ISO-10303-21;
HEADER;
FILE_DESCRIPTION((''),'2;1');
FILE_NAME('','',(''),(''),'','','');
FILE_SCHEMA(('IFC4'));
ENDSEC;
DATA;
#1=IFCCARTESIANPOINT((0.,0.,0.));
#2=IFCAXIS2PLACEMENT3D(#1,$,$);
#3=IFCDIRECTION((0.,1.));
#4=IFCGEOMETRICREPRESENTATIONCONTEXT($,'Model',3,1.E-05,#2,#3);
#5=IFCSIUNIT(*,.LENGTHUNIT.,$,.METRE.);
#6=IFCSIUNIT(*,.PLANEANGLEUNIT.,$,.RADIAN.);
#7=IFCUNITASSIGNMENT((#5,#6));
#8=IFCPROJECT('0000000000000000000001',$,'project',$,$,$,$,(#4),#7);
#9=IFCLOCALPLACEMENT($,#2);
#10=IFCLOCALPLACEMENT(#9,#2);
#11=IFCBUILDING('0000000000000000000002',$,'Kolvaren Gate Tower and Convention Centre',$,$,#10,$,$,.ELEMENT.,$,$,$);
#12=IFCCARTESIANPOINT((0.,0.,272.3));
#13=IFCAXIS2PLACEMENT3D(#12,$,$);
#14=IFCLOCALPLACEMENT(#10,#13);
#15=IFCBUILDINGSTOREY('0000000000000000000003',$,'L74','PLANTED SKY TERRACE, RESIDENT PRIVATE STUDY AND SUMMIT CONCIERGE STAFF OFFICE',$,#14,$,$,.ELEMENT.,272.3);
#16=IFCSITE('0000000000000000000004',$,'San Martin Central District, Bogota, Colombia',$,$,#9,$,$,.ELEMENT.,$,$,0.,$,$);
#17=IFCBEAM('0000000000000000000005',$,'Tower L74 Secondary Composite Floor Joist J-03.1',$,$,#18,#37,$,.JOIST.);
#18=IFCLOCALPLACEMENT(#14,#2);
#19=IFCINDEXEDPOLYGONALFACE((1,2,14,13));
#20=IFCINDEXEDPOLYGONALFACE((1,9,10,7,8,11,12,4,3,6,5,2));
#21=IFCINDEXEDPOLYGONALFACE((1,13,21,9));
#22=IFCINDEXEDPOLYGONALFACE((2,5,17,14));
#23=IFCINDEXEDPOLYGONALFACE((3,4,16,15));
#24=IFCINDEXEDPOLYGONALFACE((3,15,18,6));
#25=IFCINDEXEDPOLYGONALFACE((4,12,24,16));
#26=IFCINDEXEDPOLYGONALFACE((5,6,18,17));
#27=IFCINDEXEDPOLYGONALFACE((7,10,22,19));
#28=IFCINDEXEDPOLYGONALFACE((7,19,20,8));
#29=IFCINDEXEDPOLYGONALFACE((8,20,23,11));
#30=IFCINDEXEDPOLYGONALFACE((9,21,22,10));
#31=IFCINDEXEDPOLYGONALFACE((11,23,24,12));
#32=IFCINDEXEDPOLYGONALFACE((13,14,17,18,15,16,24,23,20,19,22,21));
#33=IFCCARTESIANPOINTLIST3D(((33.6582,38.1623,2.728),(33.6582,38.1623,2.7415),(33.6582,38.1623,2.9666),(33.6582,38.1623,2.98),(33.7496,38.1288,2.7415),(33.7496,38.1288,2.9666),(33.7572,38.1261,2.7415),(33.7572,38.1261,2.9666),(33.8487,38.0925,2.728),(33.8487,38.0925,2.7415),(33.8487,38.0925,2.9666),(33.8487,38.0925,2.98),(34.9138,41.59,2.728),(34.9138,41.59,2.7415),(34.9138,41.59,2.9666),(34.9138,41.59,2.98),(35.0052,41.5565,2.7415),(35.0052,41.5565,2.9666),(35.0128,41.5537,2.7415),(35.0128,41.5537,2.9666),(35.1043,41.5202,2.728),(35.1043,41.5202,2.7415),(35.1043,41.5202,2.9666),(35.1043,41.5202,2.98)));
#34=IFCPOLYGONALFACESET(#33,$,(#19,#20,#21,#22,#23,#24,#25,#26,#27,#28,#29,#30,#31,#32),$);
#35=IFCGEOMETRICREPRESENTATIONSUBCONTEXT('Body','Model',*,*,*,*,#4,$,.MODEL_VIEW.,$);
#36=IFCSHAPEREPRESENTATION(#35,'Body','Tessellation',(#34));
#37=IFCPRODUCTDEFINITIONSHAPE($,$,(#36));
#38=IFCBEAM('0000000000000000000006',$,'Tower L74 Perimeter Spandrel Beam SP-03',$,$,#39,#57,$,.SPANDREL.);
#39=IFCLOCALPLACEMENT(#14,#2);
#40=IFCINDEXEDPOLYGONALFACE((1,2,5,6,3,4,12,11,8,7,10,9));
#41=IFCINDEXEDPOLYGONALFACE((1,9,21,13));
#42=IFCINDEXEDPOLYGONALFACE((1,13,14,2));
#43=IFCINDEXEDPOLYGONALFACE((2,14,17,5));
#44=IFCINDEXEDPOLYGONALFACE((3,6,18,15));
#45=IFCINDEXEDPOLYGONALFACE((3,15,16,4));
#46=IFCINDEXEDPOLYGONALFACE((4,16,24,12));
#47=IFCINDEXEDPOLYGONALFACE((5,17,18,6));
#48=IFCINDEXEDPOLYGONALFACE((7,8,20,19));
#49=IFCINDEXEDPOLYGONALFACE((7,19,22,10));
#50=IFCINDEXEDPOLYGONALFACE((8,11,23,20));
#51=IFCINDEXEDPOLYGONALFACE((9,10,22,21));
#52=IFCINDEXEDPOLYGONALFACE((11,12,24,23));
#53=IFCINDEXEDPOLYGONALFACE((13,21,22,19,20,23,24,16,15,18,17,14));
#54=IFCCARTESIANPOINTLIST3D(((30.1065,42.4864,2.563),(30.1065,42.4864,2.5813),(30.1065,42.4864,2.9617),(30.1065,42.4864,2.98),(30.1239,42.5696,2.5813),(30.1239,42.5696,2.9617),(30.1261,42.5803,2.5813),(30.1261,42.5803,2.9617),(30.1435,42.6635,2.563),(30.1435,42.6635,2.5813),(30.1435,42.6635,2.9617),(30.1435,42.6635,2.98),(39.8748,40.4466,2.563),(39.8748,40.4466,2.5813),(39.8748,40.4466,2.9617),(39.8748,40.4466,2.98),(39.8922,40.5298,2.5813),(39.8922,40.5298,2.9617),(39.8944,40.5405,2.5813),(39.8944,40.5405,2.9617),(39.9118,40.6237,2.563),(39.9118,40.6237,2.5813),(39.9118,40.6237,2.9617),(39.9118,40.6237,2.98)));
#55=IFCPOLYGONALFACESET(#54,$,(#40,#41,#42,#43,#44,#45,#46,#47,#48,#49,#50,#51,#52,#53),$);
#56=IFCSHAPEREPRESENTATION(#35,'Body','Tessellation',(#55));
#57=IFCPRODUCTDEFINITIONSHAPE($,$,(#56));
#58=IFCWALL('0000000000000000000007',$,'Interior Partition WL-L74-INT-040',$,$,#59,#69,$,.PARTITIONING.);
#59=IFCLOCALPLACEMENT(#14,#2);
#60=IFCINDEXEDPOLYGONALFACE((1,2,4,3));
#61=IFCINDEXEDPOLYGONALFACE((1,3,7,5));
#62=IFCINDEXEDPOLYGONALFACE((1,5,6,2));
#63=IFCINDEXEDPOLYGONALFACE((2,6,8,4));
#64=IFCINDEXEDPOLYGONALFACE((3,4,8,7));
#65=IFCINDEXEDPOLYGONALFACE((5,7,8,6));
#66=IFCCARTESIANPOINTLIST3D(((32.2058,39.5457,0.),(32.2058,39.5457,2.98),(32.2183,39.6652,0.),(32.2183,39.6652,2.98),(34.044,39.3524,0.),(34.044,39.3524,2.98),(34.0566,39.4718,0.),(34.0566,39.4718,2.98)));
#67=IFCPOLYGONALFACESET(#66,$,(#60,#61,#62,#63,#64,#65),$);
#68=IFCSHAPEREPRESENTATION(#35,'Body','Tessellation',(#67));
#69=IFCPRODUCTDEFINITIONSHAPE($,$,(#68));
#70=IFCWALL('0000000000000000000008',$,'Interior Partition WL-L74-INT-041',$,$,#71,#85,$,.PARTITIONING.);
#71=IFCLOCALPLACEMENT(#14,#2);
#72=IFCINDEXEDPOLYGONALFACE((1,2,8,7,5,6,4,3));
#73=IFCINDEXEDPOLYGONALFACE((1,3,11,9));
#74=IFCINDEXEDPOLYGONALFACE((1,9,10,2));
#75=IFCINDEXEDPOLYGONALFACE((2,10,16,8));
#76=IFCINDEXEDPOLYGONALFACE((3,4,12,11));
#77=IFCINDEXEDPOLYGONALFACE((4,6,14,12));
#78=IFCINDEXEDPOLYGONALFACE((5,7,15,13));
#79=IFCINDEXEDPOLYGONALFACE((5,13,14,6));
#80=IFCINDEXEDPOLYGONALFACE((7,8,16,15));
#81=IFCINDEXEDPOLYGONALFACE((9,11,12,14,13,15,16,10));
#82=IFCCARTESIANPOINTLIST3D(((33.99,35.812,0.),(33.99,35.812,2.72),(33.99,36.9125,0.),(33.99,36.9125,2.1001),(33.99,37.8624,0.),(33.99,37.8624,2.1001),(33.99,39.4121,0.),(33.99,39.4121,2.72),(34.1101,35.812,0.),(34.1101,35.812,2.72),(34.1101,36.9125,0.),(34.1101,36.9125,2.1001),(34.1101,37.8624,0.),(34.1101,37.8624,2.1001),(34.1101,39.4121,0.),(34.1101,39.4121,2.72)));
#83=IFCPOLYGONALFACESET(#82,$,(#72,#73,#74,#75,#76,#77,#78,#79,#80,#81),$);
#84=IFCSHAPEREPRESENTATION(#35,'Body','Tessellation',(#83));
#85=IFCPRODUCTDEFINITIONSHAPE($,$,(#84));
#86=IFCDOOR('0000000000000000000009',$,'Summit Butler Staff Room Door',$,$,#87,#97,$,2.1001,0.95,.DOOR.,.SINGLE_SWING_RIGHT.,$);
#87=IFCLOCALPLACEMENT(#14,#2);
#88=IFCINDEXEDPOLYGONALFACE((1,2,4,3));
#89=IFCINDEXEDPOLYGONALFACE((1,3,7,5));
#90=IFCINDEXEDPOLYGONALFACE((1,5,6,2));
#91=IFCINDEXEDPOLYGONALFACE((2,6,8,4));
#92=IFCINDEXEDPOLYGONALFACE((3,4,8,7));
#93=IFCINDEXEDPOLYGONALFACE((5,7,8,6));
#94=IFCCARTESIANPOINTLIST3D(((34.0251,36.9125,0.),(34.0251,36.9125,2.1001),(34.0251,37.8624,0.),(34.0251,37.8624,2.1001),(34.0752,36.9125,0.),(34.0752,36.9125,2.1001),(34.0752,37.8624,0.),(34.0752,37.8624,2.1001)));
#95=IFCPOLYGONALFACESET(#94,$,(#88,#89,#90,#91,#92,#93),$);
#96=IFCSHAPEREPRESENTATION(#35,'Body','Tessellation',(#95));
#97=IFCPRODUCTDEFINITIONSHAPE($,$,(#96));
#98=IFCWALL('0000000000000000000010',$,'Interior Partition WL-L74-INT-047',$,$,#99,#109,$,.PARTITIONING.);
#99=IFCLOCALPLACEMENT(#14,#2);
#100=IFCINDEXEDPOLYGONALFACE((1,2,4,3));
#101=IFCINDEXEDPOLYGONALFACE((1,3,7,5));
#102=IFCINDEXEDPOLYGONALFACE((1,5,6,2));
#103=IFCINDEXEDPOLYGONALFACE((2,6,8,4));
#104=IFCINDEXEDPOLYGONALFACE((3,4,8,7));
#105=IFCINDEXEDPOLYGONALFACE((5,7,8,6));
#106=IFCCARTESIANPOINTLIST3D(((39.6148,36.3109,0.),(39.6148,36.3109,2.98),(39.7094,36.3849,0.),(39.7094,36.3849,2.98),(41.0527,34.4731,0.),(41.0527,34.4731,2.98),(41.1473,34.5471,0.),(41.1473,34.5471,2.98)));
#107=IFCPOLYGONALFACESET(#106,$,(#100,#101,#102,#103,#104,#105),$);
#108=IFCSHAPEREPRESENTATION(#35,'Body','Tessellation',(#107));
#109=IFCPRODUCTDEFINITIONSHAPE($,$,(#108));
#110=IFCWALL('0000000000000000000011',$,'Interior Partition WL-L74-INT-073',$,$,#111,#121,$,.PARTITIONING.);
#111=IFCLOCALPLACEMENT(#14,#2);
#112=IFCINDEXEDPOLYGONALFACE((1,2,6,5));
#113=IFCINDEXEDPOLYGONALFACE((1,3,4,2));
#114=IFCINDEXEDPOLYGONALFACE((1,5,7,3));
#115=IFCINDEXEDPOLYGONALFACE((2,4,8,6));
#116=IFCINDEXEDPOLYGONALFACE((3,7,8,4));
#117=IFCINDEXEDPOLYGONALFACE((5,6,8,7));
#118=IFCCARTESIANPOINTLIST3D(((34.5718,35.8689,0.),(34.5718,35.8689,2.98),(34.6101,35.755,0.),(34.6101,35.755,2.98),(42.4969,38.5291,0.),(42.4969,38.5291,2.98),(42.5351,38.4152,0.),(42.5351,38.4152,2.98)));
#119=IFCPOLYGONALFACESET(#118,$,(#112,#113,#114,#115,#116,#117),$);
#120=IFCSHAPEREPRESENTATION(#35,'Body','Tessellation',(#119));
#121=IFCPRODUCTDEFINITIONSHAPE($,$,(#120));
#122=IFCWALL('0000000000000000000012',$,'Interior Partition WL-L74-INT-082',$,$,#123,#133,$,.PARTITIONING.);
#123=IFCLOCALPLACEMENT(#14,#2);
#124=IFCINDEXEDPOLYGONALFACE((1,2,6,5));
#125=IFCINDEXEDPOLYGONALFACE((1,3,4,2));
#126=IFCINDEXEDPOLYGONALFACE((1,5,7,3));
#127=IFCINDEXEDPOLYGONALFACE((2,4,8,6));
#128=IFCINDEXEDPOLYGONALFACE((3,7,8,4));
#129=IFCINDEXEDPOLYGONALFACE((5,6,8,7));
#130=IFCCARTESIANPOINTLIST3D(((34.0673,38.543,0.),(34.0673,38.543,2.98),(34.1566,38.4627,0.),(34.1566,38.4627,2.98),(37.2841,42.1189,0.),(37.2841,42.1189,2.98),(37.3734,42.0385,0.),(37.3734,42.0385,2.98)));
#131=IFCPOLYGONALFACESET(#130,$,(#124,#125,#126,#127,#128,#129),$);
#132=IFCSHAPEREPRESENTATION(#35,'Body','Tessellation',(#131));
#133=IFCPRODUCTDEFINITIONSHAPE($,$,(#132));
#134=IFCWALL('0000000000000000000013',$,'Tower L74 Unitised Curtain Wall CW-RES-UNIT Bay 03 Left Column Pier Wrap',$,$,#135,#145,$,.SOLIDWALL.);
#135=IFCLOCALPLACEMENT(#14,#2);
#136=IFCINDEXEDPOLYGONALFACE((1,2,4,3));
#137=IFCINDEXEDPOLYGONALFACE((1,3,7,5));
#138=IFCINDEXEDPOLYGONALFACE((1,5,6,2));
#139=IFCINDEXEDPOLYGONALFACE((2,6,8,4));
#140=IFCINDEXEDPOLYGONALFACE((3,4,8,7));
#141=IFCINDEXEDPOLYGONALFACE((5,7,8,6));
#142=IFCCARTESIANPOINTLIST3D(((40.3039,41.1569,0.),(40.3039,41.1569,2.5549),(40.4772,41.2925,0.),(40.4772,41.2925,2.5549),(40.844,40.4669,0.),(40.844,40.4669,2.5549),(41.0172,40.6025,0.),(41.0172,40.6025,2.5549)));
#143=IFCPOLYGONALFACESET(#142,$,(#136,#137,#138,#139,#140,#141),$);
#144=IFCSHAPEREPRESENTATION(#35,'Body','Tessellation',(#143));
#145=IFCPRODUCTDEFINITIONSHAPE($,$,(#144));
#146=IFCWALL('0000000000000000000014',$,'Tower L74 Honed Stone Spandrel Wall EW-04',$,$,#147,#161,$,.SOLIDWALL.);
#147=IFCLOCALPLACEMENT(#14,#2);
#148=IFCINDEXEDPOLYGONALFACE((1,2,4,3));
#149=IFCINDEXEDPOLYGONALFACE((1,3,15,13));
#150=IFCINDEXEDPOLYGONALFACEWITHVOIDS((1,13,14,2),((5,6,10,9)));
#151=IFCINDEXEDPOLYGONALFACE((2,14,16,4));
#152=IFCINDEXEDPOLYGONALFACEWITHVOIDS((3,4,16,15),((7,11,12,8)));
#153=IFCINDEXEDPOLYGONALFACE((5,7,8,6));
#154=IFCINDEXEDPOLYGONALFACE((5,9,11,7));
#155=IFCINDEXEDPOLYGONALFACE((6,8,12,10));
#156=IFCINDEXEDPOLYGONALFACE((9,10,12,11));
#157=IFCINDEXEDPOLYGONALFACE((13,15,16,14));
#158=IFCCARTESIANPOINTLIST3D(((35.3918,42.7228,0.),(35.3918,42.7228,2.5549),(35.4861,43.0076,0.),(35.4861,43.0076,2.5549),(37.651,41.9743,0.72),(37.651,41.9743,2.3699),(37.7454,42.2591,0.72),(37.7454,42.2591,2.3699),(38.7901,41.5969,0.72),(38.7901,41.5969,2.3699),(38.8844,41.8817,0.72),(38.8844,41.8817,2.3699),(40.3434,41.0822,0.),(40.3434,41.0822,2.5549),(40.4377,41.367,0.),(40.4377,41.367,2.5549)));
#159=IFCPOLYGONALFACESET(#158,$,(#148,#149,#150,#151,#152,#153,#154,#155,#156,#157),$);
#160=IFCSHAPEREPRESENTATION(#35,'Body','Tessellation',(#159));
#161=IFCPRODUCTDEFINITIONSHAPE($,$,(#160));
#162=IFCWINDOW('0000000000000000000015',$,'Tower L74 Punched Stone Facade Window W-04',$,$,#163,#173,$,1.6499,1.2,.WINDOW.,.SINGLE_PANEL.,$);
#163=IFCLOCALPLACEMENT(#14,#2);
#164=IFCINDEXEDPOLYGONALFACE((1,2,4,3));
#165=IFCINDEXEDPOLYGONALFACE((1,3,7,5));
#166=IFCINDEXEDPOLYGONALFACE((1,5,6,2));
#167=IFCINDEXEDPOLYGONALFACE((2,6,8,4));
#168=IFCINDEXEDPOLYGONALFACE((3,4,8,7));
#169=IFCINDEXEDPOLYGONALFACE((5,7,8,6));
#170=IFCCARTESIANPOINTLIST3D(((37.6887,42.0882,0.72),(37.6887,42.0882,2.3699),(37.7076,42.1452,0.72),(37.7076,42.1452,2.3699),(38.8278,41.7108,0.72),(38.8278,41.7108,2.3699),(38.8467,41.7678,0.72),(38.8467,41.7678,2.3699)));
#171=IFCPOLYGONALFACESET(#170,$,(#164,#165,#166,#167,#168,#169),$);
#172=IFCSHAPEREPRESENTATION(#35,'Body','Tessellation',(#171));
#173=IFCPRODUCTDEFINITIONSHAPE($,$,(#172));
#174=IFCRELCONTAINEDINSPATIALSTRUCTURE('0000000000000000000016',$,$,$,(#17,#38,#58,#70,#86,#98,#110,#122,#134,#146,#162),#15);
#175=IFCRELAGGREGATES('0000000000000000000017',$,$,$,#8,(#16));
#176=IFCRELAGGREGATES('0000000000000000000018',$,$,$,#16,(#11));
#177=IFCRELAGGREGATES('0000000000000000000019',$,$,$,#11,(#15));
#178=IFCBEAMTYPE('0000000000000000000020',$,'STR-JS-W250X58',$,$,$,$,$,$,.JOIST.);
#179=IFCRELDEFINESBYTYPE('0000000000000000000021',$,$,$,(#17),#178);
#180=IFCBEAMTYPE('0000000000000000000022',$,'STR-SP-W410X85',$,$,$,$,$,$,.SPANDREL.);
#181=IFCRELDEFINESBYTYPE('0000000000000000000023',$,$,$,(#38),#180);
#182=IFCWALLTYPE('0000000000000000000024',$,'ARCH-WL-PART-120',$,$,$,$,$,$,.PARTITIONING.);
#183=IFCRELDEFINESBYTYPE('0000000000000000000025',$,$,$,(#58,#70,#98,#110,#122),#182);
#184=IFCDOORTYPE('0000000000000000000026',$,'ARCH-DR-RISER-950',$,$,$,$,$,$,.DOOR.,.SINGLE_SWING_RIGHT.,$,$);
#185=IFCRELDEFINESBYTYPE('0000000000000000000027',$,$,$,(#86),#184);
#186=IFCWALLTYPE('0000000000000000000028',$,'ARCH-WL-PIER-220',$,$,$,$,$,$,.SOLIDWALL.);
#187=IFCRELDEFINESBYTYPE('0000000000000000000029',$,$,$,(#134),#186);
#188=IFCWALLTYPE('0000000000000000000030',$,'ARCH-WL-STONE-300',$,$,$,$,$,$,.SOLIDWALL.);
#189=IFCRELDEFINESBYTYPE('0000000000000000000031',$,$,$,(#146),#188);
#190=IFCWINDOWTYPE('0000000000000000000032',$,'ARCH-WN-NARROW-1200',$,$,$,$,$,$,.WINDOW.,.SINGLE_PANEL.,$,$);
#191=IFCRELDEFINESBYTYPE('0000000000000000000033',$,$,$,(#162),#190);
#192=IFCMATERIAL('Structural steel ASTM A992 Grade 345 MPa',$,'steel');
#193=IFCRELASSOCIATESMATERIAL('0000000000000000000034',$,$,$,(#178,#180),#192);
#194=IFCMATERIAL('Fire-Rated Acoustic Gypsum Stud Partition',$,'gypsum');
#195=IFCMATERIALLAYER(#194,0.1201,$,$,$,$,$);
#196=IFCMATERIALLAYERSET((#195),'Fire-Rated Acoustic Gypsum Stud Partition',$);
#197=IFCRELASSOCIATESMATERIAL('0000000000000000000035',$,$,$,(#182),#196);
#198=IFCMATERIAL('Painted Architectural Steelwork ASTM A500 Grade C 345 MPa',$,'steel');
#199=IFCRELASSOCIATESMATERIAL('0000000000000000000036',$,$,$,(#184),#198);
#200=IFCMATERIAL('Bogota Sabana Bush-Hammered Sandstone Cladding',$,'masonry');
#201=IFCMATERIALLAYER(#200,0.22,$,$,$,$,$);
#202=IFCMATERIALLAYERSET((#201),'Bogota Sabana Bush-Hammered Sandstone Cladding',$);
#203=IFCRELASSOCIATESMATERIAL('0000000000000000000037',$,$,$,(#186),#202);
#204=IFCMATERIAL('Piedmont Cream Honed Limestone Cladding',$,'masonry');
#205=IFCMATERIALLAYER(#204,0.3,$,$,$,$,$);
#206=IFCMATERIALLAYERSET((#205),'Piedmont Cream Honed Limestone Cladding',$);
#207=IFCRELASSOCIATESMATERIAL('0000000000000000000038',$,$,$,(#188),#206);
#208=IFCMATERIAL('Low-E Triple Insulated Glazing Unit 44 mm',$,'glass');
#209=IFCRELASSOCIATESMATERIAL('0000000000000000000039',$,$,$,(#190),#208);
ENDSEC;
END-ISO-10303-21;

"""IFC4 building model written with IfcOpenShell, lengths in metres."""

from ifc_helpers import new_model, si_unit, direction, frame, frame_2d, origin, origin_2d, place, context, subcontext, project, spatial, rectangle, i_section, extrude, material, layer, layer_set, material_profile, profile_set, type_object, element, fill, save


model = new_model("IFC4")

# Units and contexts
model_context = context("Model", 3, precision=1e-05, world=origin(), true_north=direction((0.0, 1.0)))
body_context = subcontext(model_context, "Body", "Model", "MODEL_VIEW")
ifc_project = project(units=[si_unit("LENGTHUNIT", "METRE"), si_unit("PLANEANGLEUNIT", "RADIAN")], contexts=[model_context])

# Site, building, storey
site_placement = place(None, origin())
site = spatial("IfcSite", under=ifc_project, at=site_placement, Name="San Martin Central District, Bogota, Colombia", CompositionType="ELEMENT", RefElevation=0.0)
building_placement = place(site_placement, origin())
building = spatial("IfcBuilding", under=site, at=building_placement, Name="Kolvaren Gate Tower and Convention Centre", CompositionType="ELEMENT")
storey_placement = place(building_placement, frame((0.0, 0.0, 272.3)))
storey = spatial("IfcBuildingStorey", under=building, at=storey_placement, Name="L74", Description="PLANTED SKY TERRACE, RESIDENT PRIVATE STUDY AND SUMMIT CONCIERGE STAFF OFFICE", CompositionType="ELEMENT", Elevation=272.3)

# Beams
ifc_material_1 = material(Name="Structural steel ASTM A992 Grade 345 MPa", Category="steel")
ifc_material_profile_1 = material_profile(ifc_material_1, i_section(OverallWidth=0.2029, OverallDepth=0.252, WebThickness=0.0081, FlangeThickness=0.0134, at=origin_2d()), Name="W250X58")
ifc_profile_set_1 = profile_set([ifc_material_profile_1], Name="Structural steel ASTM A992 Grade 345 MPa")
beam_type_1 = type_object("IfcBeamType", Name="STR-JS-W250X58", PredefinedType="JOIST", material=ifc_profile_set_1)
beam_1_placement = place(storey_placement, frame((33.7534, 38.1274, 2.854), z_axis=(0.34396, 0.938984, 0.0), x_axis=(-0.938984, 0.34396, 0.0)))
element("IfcBeam", 1, at=beam_1_placement, inside=storey, type_object=beam_type_1, Name="Tower L74 Secondary Composite Floor Joist J-03.1", PredefinedType="JOIST", context=body_context, shape_type="SweptSolid", body=[
    extrude(i_section(OverallWidth=0.2029, OverallDepth=0.252, WebThickness=0.0081, FlangeThickness=0.0134, at=origin_2d()), origin(), (0.0, 0.0, 1.0), 3.6504),
])
ifc_material_profile_2 = material_profile(ifc_material_1, i_section(OverallWidth=0.1809, OverallDepth=0.417, WebThickness=0.011, FlangeThickness=0.0183, at=origin_2d()), Name="W410X85")
ifc_profile_set_2 = profile_set([ifc_material_profile_2], Name="Structural steel ASTM A992 Grade 345 MPa")
beam_type_2 = type_object("IfcBeamType", Name="STR-SP-W410X85", PredefinedType="SPANDREL", material=ifc_profile_set_2)
beam_2_placement = place(storey_placement, frame((39.8933, 40.5352, 2.7715), z_axis=(-0.978886, 0.204409, 0.0), x_axis=(-0.204409, -0.978886, 0.0)))
element("IfcBeam", 2, at=beam_2_placement, inside=storey, type_object=beam_type_2, Name="Tower L74 Perimeter Spandrel Beam SP-03", PredefinedType="SPANDREL", context=body_context, shape_type="SweptSolid", body=[
    extrude(i_section(OverallWidth=0.1809, OverallDepth=0.417, WebThickness=0.011, FlangeThickness=0.0183, at=origin_2d()), origin(), (0.0, 0.0, 1.0), 9.979),
])

# Wall
ifc_material_2 = material(Name="Fire-Rated Acoustic Gypsum Stud Partition", Category="gypsum")
ifc_layer_1 = layer(ifc_material_2, 0.1201)
ifc_layer_set_1 = layer_set([ifc_layer_1], Name="Fire-Rated Acoustic Gypsum Stud Partition")
wall_type_1 = type_object("IfcWallType", Name="ARCH-WL-PART-120", PredefinedType="PARTITIONING", material=ifc_layer_set_1)
wall_1_placement = place(storey_placement, frame((32.2119, 39.6055, 0.0), z_axis=(0.0, 0.0, 1.0), x_axis=(0.994513, -0.104616, 0.0)))
element("IfcWall", 3, at=wall_1_placement, inside=storey, type_object=wall_type_1, Name="Interior Partition WL-L74-INT-040", PredefinedType="PARTITIONING", context=body_context, shape_type="SweptSolid", body=[
    extrude(rectangle(XDim=1.8484, YDim=0.1201, at=frame_2d((0.9243, 0.0))), origin(), (0.0, 0.0, 1.0), 2.98),
])

# Wall, opening, door
wall_2_placement = place(storey_placement, frame((34.05, 35.812, 0.0), z_axis=(0.0, 0.0, 1.0), x_axis=(0.0, 1.0, 0.0)))
wall_2 = element("IfcWall", 4, at=wall_2_placement, inside=storey, type_object=wall_type_1, Name="Interior Partition WL-L74-INT-041", PredefinedType="PARTITIONING", context=body_context, shape_type="SweptSolid", body=[
    extrude(rectangle(XDim=3.6001, YDim=0.1201, at=frame_2d((1.8, 0.0))), origin(), (0.0, 0.0, 1.0), 2.72),
])
opening_1_placement = place(wall_2_placement, frame((1.1003, 0.0, 0.0)))
opening_1 = element("IfcOpeningElement", 5, at=opening_1_placement, cuts=wall_2, PredefinedType="OPENING", context=body_context, shape_type="SweptSolid", body=[
    extrude(rectangle(XDim=0.95, YDim=2.1001, at=frame_2d((0.4751, 1.05))), frame((0.0, 0.0701, 0.0), z_axis=(0.0, -1.0, 0.0), x_axis=(1.0, 0.0, 0.0)), (0.0, 0.0, 1.0), 0.1401),
])
ifc_material_3 = material(Name="Painted Architectural Steelwork ASTM A500 Grade C 345 MPa", Category="steel")
door_type = type_object("IfcDoorType", Name="ARCH-DR-RISER-950", OperationType="SINGLE_SWING_RIGHT", PredefinedType="DOOR", material=ifc_material_3)
door_placement = place(opening_1_placement, origin())
door = element("IfcDoor", 6, at=door_placement, inside=storey, type_object=door_type, Name="Summit Butler Staff Room Door", OperationType="SINGLE_SWING_RIGHT", OverallHeight=2.1001, OverallWidth=0.95, PredefinedType="DOOR", context=body_context, shape_type="SweptSolid", body=[
    extrude(rectangle(XDim=0.95, YDim=2.1001, at=frame_2d((0.4751, 1.05))), frame((0.0, 0.0249, 0.0), z_axis=(0.0, -1.0, 0.0), x_axis=(1.0, 0.0, 0.0)), (0.0, 0.0, 1.0), 0.05),
])
fill(opening_1, door)

# Walls
wall_3_placement = place(storey_placement, frame((39.6621, 36.3479, 0.0), z_axis=(0.0, 0.0, 1.0), x_axis=(0.616212, -0.78758, 0.0)))
element("IfcWall", 7, at=wall_3_placement, inside=storey, type_object=wall_type_1, Name="Interior Partition WL-L74-INT-047", PredefinedType="PARTITIONING", context=body_context, shape_type="SweptSolid", body=[
    extrude(rectangle(XDim=2.3335, YDim=0.1201, at=frame_2d((1.1667, 0.0))), origin(), (0.0, 0.0, 1.0), 2.98),
])
wall_4_placement = place(storey_placement, frame((34.5911, 35.812, 0.0), z_axis=(0.0, 0.0, 1.0), x_axis=(0.948018, 0.318216, 0.0)))
element("IfcWall", 8, at=wall_4_placement, inside=storey, type_object=wall_type_1, Name="Interior Partition WL-L74-INT-073", PredefinedType="PARTITIONING", context=body_context, shape_type="SweptSolid", body=[
    extrude(rectangle(XDim=8.3596, YDim=0.1201, at=frame_2d((4.1797, 0.0))), origin(), (0.0, 0.0, 1.0), 2.98),
])
wall_5_placement = place(storey_placement, frame((34.1121, 38.5029, 0.0), z_axis=(0.0, 0.0, 1.0), x_axis=(0.668788, 0.743453, 0.0)))
element("IfcWall", 9, at=wall_5_placement, inside=storey, type_object=wall_type_1, Name="Interior Partition WL-L74-INT-082", PredefinedType="PARTITIONING", context=body_context, shape_type="SweptSolid", body=[
    extrude(rectangle(XDim=4.8098, YDim=0.1201, at=frame_2d((2.4048, 0.0))), origin(), (0.0, 0.0, 1.0), 2.98),
])
ifc_material_4 = material(Name="Bogota Sabana Bush-Hammered Sandstone Cladding", Category="masonry")
ifc_layer_2 = layer(ifc_material_4, 0.22)
ifc_layer_set_2 = layer_set([ifc_layer_2], Name="Bogota Sabana Bush-Hammered Sandstone Cladding")
wall_type_2 = type_object("IfcWallType", Name="ARCH-WL-PIER-220", PredefinedType="SOLIDWALL", material=ifc_layer_set_2)
wall_6_placement = place(storey_placement, frame((40.3906, 41.2246, 0.0), z_axis=(0.0, 0.0, 1.0), x_axis=(0.616368, -0.787458, 0.0)))
element("IfcWall", 10, at=wall_6_placement, inside=storey, type_object=wall_type_2, Name="Tower L74 Unitised Curtain Wall CW-RES-UNIT Bay 03 Left Column Pier Wrap", PredefinedType="SOLIDWALL", context=body_context, shape_type="SweptSolid", body=[
    extrude(rectangle(XDim=0.8762, YDim=0.22, at=frame_2d((0.438, 0.0))), origin(), (0.0, 0.0, 1.0), 2.5549),
])

# Wall, opening, window
ifc_material_5 = material(Name="Piedmont Cream Honed Limestone Cladding", Category="masonry")
ifc_layer_3 = layer(ifc_material_5, 0.3)
ifc_layer_set_3 = layer_set([ifc_layer_3], Name="Piedmont Cream Honed Limestone Cladding")
wall_type_3 = type_object("IfcWallType", Name="ARCH-WL-STONE-300", PredefinedType="SOLIDWALL", material=ifc_layer_set_3)
wall_7_placement = place(storey_placement, frame((35.439, 42.8652, 0.0), z_axis=(0.0, 0.0, 1.0), x_axis=(0.949253, -0.314514, 0.0)))
wall_7 = element("IfcWall", 11, at=wall_7_placement, inside=storey, type_object=wall_type_3, Name="Tower L74 Honed Stone Spandrel Wall EW-04", PredefinedType="SOLIDWALL", context=body_context, shape_type="SweptSolid", body=[
    extrude(rectangle(XDim=5.2163, YDim=0.3, at=frame_2d((2.6082, 0.0))), origin(), (0.0, 0.0, 1.0), 2.5549),
])
opening_2_placement = place(wall_7_placement, frame((2.3799, 0.0, 0.72)))
opening_2 = element("IfcOpeningElement", 12, at=opening_2_placement, cuts=wall_7, PredefinedType="OPENING", context=body_context, shape_type="SweptSolid", body=[
    extrude(rectangle(XDim=1.2, YDim=1.6499, at=frame_2d((0.6001, 0.825))), frame((0.0, 0.1599, 0.0), z_axis=(0.0, -1.0, 0.0), x_axis=(1.0, 0.0, 0.0)), (0.0, 0.0, 1.0), 0.3201),
])
ifc_material_6 = material(Name="Low-E Triple Insulated Glazing Unit 44 mm", Category="glass")
window_type_1 = type_object("IfcWindowType", Name="ARCH-WN-NARROW-1200", PartitioningType="SINGLE_PANEL", PredefinedType="WINDOW", material=ifc_material_6)
window_1_placement = place(opening_2_placement, origin())
window_1 = element("IfcWindow", 13, at=window_1_placement, inside=storey, type_object=window_type_1, Name="Tower L74 Punched Stone Facade Window W-04", OverallHeight=1.6499, OverallWidth=1.2, PartitioningType="SINGLE_PANEL", PredefinedType="WINDOW", context=body_context, shape_type="SweptSolid", body=[
    extrude(rectangle(XDim=1.2, YDim=1.6499, at=frame_2d((0.6001, 0.825))), frame((0.0, 0.03, 0.0), z_axis=(0.0, -1.0, 0.0), x_axis=(1.0, 0.0, 0.0)), (0.0, 0.0, 1.0), 0.0601),
])
fill(opening_2, window_1)

save(model, "model.ifc")
